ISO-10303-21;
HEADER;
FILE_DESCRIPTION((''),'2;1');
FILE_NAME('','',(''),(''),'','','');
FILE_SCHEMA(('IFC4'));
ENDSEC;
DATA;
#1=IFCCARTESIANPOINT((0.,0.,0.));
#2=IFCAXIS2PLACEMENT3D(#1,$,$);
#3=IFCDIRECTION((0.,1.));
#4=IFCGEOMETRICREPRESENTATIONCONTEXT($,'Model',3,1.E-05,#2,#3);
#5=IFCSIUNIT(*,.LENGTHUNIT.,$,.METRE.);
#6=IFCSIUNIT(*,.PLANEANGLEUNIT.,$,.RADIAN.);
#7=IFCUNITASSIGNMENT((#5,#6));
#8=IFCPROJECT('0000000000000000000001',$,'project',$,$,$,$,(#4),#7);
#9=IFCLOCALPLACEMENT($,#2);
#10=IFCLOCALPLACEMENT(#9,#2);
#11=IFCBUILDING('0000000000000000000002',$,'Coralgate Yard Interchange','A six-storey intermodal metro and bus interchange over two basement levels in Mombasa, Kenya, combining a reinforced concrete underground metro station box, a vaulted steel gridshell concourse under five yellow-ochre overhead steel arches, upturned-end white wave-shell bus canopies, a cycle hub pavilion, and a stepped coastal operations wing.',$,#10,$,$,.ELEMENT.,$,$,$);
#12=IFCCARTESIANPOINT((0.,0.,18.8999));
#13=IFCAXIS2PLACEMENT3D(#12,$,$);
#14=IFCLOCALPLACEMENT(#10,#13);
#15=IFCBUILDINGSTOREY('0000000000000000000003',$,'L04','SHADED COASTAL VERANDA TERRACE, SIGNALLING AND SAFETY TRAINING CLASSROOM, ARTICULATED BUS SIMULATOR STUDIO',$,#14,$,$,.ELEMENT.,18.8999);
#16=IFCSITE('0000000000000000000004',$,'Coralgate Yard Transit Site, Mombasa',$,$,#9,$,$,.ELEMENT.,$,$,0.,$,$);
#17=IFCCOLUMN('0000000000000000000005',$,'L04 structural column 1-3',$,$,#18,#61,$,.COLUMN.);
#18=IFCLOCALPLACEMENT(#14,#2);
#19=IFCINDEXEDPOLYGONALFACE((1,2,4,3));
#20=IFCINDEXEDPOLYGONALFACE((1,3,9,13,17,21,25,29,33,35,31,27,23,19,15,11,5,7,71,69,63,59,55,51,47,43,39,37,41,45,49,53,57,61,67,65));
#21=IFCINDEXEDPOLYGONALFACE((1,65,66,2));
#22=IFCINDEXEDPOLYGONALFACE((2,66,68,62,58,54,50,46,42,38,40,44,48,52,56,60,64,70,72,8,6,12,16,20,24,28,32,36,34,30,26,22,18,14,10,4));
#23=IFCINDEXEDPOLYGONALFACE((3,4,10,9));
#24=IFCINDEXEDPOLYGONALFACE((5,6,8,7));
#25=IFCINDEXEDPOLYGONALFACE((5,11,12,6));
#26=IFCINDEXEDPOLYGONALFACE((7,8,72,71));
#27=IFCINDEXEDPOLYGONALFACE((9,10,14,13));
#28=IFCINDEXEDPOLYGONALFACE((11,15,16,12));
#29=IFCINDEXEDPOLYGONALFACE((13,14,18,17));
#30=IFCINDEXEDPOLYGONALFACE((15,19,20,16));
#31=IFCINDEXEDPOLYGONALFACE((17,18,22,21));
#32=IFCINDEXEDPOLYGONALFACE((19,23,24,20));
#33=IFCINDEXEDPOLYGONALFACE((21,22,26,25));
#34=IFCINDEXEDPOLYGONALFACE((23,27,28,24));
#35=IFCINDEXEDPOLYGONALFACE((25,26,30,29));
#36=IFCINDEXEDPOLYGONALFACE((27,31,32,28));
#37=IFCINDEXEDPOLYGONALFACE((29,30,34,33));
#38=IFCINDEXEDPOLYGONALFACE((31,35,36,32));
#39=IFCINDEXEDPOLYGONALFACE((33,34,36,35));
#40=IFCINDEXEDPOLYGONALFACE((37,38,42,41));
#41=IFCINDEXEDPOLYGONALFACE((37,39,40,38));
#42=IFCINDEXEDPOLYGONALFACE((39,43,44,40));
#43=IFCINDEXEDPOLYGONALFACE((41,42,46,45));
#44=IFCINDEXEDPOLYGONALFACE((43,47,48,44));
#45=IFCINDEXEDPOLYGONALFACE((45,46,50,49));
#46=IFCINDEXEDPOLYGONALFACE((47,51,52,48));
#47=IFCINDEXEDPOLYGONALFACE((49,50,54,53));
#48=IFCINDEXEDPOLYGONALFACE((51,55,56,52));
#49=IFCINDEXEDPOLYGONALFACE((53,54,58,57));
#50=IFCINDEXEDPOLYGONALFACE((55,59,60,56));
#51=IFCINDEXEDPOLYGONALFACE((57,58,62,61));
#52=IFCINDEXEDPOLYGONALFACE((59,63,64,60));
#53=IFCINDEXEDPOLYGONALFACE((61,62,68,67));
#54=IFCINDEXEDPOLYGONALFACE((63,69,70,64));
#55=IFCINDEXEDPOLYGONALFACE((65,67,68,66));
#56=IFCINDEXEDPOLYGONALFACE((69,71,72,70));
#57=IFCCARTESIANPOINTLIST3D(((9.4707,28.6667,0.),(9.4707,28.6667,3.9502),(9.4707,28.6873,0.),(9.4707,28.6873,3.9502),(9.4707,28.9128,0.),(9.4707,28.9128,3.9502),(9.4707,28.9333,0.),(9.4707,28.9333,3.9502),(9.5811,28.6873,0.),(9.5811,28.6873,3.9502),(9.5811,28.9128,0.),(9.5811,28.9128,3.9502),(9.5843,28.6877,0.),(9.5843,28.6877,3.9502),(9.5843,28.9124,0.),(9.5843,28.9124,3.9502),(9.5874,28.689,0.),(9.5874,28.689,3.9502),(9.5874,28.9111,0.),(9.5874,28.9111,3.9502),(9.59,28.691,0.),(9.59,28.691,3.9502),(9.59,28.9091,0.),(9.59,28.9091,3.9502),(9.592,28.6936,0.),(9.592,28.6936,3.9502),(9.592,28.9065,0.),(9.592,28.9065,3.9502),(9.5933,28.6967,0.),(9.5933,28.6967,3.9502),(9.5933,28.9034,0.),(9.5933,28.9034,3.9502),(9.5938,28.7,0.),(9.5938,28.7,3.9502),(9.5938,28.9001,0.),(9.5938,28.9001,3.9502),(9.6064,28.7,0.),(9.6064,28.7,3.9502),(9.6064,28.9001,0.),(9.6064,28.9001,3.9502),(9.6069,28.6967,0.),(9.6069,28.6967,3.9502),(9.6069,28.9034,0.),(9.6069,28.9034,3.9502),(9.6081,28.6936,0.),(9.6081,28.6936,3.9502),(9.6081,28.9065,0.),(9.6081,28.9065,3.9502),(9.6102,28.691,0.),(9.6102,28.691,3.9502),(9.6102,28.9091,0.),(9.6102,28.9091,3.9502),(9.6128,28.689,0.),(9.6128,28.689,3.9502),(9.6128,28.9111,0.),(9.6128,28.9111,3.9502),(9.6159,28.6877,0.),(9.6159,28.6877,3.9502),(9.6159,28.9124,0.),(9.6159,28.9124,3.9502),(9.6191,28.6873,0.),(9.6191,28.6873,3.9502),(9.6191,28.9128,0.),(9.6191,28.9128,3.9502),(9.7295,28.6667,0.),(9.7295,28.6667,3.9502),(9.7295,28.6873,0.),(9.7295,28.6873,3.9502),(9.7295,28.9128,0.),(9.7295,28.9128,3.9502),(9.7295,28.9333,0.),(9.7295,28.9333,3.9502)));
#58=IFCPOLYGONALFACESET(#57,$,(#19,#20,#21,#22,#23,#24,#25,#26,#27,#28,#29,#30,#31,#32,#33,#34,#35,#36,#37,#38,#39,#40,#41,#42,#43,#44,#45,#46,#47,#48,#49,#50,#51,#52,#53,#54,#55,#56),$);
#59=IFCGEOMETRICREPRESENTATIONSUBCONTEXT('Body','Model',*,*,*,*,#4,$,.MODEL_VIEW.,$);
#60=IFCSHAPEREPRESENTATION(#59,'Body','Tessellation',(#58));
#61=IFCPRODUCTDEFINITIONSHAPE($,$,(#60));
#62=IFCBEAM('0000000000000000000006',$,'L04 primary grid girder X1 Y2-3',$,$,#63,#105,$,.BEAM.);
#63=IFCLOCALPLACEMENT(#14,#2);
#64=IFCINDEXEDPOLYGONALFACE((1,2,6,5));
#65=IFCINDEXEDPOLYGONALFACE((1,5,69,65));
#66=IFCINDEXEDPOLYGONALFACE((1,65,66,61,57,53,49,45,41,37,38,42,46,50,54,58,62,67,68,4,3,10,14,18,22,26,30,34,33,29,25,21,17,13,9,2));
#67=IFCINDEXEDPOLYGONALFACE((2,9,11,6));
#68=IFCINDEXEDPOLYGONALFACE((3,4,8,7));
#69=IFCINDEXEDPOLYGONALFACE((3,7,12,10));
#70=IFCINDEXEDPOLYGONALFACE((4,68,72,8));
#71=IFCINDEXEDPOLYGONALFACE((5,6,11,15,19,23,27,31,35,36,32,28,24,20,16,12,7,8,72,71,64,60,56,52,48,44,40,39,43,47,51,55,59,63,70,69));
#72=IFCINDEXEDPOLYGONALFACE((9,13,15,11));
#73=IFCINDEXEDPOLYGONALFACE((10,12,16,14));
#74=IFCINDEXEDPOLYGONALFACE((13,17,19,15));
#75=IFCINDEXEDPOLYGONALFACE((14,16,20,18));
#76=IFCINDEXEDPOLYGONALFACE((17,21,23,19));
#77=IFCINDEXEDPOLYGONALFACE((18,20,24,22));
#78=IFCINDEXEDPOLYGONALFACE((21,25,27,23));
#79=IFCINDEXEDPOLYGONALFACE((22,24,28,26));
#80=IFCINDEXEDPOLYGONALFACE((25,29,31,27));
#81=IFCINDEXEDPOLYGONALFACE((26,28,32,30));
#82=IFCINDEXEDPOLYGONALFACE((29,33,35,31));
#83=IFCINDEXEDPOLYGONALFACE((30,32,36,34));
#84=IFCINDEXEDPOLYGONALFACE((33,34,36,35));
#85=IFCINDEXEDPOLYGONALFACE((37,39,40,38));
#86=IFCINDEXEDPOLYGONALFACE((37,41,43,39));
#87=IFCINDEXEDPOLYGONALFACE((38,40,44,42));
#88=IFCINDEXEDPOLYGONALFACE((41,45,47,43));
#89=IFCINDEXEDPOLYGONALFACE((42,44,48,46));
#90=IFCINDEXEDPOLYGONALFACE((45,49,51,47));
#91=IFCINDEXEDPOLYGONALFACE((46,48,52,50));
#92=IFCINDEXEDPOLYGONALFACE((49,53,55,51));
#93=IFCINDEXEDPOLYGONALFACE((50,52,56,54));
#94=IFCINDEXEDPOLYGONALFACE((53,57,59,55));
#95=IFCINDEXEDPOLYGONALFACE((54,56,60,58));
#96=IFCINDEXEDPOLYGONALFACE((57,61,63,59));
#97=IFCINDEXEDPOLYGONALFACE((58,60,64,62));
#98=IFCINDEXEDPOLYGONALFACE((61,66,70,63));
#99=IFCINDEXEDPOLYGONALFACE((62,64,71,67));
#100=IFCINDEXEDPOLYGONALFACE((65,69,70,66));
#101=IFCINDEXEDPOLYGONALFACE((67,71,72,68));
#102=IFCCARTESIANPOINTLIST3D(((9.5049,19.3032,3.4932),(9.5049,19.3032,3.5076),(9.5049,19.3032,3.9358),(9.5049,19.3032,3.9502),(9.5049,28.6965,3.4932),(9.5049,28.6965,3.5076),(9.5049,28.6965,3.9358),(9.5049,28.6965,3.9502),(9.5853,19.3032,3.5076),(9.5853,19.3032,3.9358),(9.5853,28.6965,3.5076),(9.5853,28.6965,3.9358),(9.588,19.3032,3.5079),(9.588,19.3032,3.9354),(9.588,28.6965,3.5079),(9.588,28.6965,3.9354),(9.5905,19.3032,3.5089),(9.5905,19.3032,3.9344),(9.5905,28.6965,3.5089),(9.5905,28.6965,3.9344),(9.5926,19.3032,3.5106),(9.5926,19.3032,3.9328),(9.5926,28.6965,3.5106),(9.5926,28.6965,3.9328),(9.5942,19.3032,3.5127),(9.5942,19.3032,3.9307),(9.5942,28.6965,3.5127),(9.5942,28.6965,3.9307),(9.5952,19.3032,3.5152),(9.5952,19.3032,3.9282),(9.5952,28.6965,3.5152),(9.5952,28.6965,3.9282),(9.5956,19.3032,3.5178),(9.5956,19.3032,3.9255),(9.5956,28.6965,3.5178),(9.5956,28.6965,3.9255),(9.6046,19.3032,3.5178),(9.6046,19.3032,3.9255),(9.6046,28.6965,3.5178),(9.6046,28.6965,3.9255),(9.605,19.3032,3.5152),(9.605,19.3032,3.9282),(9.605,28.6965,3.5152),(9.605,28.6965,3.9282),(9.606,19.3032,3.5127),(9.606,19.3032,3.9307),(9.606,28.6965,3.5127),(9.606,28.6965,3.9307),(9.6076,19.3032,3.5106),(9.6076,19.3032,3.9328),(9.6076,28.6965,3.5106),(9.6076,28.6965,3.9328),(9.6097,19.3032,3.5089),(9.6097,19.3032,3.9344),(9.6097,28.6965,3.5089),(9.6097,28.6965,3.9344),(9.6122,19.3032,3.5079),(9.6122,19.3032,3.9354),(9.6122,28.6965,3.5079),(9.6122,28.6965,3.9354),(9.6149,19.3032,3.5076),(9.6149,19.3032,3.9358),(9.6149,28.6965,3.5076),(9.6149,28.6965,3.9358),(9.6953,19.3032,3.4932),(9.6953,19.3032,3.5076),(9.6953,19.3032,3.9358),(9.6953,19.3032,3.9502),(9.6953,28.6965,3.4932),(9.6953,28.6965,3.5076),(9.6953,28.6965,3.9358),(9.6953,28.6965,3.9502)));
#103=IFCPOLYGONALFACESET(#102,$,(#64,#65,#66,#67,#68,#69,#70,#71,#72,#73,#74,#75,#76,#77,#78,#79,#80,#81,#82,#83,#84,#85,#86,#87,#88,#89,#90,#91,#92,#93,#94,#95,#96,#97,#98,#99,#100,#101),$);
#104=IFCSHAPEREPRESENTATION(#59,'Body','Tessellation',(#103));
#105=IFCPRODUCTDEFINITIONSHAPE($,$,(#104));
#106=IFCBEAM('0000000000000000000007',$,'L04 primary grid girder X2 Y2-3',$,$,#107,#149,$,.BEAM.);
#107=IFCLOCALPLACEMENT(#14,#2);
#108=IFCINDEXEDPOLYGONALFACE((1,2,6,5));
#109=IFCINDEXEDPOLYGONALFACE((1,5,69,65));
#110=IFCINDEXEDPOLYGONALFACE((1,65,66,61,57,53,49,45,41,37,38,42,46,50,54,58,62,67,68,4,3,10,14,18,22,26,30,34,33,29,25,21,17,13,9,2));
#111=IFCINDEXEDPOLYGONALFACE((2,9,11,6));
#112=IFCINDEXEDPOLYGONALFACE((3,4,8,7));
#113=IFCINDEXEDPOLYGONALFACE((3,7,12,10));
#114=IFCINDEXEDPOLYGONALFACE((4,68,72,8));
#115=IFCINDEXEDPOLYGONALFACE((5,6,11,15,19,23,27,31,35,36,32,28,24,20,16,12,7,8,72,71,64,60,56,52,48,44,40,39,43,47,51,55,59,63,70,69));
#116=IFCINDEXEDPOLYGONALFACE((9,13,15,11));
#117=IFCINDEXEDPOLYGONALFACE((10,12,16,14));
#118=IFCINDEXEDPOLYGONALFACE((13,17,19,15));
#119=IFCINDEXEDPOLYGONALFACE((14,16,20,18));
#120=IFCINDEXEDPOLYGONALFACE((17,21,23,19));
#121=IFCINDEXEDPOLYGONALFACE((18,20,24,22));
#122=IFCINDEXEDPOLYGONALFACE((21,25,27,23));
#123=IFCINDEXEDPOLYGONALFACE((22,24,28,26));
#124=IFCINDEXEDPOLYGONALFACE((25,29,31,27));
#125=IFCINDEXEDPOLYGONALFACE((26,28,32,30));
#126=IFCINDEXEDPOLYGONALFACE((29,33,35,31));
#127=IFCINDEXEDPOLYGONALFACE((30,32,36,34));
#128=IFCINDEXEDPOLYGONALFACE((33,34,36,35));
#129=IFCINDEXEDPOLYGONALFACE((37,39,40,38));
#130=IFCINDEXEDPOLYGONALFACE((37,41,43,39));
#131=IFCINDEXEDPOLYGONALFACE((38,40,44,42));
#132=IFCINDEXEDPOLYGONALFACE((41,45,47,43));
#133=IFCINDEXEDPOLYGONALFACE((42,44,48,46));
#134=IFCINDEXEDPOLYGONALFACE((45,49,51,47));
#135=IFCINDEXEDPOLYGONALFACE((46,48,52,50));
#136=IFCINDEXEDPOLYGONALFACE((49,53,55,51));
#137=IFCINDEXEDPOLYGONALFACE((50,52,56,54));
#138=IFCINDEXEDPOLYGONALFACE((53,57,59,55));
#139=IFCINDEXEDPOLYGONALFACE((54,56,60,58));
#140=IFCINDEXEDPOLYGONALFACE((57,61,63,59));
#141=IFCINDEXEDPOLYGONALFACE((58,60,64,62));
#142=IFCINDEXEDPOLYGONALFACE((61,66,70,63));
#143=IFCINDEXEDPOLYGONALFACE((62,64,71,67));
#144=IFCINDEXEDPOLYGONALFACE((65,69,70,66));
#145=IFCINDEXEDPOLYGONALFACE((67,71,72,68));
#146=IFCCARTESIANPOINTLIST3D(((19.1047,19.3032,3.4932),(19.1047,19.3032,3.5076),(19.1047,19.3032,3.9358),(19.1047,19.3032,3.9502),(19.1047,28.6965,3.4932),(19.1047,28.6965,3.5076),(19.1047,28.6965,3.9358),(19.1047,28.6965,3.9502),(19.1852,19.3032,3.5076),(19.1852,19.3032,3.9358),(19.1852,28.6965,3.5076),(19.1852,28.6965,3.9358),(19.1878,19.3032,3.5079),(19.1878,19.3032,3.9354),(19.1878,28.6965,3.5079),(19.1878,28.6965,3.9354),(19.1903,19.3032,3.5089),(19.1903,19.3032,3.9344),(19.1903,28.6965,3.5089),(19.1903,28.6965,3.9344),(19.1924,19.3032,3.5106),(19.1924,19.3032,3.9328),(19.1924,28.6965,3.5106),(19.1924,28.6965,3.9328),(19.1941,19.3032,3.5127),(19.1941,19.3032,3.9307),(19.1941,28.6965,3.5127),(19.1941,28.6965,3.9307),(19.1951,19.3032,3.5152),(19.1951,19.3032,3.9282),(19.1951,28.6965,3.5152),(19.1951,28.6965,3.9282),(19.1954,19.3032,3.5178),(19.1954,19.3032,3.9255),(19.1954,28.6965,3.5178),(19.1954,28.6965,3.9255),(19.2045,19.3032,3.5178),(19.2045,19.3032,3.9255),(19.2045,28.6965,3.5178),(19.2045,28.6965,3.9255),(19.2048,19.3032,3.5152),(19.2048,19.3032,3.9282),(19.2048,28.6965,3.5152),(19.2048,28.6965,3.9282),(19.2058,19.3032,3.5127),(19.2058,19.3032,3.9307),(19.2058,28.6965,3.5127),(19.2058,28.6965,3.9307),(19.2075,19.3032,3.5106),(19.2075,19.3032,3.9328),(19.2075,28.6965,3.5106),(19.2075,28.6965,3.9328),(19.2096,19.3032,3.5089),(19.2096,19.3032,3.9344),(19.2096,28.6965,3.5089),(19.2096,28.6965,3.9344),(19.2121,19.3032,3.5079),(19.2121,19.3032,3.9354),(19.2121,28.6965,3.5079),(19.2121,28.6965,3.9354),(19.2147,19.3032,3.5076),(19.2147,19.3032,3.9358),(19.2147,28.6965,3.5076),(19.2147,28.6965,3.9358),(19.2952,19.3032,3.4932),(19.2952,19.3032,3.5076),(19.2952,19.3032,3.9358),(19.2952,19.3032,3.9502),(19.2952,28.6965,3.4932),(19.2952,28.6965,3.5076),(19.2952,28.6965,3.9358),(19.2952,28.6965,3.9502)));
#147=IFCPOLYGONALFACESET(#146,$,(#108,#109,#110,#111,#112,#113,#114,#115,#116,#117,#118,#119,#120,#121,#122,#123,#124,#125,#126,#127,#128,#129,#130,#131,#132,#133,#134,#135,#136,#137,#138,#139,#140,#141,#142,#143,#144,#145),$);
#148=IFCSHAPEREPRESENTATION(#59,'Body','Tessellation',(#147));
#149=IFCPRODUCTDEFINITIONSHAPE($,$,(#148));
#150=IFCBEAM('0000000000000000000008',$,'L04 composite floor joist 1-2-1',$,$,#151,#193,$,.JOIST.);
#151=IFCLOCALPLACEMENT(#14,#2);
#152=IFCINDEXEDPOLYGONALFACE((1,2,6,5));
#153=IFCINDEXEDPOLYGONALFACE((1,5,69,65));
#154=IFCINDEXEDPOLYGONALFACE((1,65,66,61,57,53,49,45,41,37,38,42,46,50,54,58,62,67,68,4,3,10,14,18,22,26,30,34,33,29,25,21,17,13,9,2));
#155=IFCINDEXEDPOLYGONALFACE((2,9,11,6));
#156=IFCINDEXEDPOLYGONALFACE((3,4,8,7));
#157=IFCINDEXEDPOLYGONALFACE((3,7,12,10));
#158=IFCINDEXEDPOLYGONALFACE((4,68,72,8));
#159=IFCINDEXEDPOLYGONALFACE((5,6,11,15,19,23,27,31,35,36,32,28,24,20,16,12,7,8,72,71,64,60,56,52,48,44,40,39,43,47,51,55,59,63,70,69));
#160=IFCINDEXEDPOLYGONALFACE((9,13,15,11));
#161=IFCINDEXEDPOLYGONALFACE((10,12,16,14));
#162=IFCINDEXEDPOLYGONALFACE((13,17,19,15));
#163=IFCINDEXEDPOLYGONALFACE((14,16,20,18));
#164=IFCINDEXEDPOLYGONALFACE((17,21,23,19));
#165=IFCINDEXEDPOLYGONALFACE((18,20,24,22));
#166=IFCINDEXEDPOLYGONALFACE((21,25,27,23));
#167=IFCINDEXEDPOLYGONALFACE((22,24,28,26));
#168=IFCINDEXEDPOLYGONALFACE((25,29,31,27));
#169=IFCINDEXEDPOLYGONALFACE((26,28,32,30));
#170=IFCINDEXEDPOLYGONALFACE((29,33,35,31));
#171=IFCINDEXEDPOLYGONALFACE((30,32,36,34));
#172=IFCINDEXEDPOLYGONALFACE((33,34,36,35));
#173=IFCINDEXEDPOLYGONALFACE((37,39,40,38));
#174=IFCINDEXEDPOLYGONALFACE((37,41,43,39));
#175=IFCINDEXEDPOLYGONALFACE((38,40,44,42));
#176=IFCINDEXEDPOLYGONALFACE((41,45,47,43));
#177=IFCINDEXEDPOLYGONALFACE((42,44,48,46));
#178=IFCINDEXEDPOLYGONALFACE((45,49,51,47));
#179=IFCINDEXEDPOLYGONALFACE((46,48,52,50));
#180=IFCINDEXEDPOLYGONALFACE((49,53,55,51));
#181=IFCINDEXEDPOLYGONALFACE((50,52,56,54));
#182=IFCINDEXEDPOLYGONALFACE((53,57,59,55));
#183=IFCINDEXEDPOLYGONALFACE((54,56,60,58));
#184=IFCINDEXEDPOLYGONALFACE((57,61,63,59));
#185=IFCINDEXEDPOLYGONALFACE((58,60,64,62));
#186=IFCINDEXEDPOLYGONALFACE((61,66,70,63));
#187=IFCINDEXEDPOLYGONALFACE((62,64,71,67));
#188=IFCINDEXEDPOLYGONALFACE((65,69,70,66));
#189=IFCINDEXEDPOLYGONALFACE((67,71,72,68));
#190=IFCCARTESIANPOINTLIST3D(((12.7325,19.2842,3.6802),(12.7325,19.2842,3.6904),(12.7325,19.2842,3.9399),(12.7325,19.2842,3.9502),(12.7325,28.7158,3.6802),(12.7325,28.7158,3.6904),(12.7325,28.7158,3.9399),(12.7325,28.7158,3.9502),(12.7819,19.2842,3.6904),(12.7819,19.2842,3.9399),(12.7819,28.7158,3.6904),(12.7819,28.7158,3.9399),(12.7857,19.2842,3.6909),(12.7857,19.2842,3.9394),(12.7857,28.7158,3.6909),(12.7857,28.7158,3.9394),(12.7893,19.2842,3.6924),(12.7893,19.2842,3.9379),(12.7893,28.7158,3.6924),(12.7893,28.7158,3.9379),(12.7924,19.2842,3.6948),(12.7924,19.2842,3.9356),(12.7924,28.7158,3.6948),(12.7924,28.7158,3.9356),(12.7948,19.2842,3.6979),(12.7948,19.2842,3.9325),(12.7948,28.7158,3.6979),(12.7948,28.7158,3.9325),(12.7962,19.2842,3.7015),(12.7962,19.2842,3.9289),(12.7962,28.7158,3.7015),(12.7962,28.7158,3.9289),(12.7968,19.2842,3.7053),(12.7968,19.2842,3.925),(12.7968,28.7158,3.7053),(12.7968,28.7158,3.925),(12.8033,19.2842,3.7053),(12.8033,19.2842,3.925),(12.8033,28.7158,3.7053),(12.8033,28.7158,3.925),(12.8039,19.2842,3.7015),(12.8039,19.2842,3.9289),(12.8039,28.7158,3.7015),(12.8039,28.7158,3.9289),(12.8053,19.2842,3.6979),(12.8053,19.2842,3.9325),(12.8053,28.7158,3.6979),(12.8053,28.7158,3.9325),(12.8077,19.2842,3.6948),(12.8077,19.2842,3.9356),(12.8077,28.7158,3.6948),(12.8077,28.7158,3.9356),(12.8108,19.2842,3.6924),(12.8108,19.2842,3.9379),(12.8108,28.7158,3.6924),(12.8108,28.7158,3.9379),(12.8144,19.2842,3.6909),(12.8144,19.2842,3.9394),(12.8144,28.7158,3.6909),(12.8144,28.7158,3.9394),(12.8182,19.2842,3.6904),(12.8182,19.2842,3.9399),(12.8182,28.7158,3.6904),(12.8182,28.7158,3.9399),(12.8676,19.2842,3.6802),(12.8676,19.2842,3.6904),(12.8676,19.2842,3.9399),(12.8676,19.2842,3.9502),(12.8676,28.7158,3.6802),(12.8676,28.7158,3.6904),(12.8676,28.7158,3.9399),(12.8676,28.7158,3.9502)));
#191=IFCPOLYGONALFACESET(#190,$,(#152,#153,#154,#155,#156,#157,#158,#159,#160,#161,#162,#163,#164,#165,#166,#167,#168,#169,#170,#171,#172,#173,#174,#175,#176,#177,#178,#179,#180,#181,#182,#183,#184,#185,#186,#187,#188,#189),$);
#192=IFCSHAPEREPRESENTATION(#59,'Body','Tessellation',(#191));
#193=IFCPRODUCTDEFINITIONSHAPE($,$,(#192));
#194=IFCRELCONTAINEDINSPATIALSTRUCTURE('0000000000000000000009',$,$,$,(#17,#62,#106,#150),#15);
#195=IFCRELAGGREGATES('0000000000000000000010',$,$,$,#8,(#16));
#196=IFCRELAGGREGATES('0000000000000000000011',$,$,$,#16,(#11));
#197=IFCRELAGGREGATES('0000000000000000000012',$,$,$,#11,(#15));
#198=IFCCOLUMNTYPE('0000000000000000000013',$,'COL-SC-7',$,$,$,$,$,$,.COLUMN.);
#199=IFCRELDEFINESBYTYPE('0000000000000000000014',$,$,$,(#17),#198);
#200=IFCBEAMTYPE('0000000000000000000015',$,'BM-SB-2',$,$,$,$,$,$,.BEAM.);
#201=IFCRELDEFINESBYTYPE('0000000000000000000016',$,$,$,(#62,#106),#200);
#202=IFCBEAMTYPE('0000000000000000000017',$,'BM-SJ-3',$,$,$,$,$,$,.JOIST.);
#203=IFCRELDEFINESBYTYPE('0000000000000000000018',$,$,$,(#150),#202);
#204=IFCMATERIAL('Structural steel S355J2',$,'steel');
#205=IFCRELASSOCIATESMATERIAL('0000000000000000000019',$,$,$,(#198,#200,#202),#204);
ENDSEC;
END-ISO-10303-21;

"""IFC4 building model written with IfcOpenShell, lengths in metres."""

from ifc_helpers import new_model, si_unit, direction, frame, origin, origin_2d, place, context, subcontext, project, spatial, i_section, extrude, material, material_profile, profile_set, type_object, element, save


model = new_model("IFC4")

# Units and contexts
model_context = context("Model", 3, precision=1e-05, world=origin(), true_north=direction((0.0, 1.0)))
body_context = subcontext(model_context, "Body", "Model", "MODEL_VIEW")
ifc_project = project(units=[si_unit("LENGTHUNIT", "METRE"), si_unit("PLANEANGLEUNIT", "RADIAN")], contexts=[model_context])

# Site, building, storey
site_placement = place(None, origin())
site = spatial("IfcSite", under=ifc_project, at=site_placement, Name="Coralgate Yard Transit Site, Mombasa", CompositionType="ELEMENT", RefElevation=0.0)
building_placement = place(site_placement, origin())
building = spatial("IfcBuilding", under=site, at=building_placement, Name="Coralgate Yard Interchange", Description="A six-storey intermodal metro and bus interchange over two basement levels in Mombasa, Kenya, combining a reinforced concrete underground metro station box, a vaulted steel gridshell concourse under five yellow-ochre overhead steel arches, upturned-end white wave-shell bus canopies, a cycle hub pavilion, and a stepped coastal operations wing.", CompositionType="ELEMENT")
storey_placement = place(building_placement, frame((0.0, 0.0, 18.8999)))
storey = spatial("IfcBuildingStorey", under=building, at=storey_placement, Name="L04", Description="SHADED COASTAL VERANDA TERRACE, SIGNALLING AND SAFETY TRAINING CLASSROOM, ARTICULATED BUS SIMULATOR STUDIO", CompositionType="ELEMENT", Elevation=18.8999)

# Column
ifc_material_1 = material(Name="Structural steel S355J2", Category="steel")
ifc_material_profile_1 = material_profile(ifc_material_1, i_section(OverallWidth=0.2588, OverallDepth=0.2666, WebThickness=0.0127, FlangeThickness=0.0205, FilletRadius=0.0127, at=origin_2d()), Name="UC 254x254x107")
ifc_profile_set_1 = profile_set([ifc_material_profile_1], Name="Structural steel S355J2")
column_type = type_object("IfcColumnType", Name="COL-SC-7", PredefinedType="COLUMN", material=ifc_profile_set_1)
column_placement = place(storey_placement, frame((9.6001, 28.8, 0.0), z_axis=(0.0, 0.0, 1.0), x_axis=(1.0, 0.0, 0.0)))
element("IfcColumn", 1, at=column_placement, inside=storey, type_object=column_type, Name="L04 structural column 1-3", PredefinedType="COLUMN", context=body_context, shape_type="SweptSolid", body=[
    extrude(i_section(OverallWidth=0.2588, OverallDepth=0.2666, WebThickness=0.0127, FlangeThickness=0.0205, FilletRadius=0.0127, at=origin_2d()), origin(), (0.0, 0.0, 1.0), 3.9502),
])

# Beams
ifc_material_profile_2 = material_profile(ifc_material_1, i_section(OverallWidth=0.1904, OverallDepth=0.457, WebThickness=0.009, FlangeThickness=0.0144, FilletRadius=0.0103, at=origin_2d()), Name="UB 457x191x74")
ifc_profile_set_2 = profile_set([ifc_material_profile_2], Name="Structural steel S355J2")
beam_type_1 = type_object("IfcBeamType", Name="BM-SB-2", PredefinedType="BEAM", material=ifc_profile_set_2)
for number, where, z_axis, x_axis, name in (
    (2, (9.6001, 19.3032, 3.7217), (0.0, 1.0, 0.0), (-1.0, 0.0, 0.0), "L04 primary grid girder X1 Y2-3"),
    (3, (19.2, 19.3032, 3.7217), (0.0, 1.0, 0.0), (-1.0, 0.0, 0.0), "L04 primary grid girder X2 Y2-3"),
):
    element("IfcBeam", number, at=place(storey_placement, frame(where, z_axis=z_axis, x_axis=x_axis)), inside=storey, type_object=beam_type_1, Name=name, PredefinedType="BEAM", context=body_context, shape_type="SweptSolid", body=[
        extrude(i_section(OverallWidth=0.1904, OverallDepth=0.457, WebThickness=0.009, FlangeThickness=0.0144, FilletRadius=0.0103, at=origin_2d()), origin(), (0.0, 0.0, 1.0), 9.3933),
    ])
ifc_material_profile_3 = material_profile(ifc_material_1, i_section(OverallWidth=0.135, OverallDepth=0.27, WebThickness=0.0066, FlangeThickness=0.0103, FilletRadius=0.0149, at=origin_2d()), Name="IPE 270")
ifc_profile_set_3 = profile_set([ifc_material_profile_3], Name="Structural steel S355J2")
beam_type_2 = type_object("IfcBeamType", Name="BM-SJ-3", PredefinedType="JOIST", material=ifc_profile_set_3)
for number, where, z_axis, x_axis, name in (
    (4, (12.8, 19.2842, 3.8152), (0.0, 1.0, 0.0), (-1.0, 0.0, 0.0), "L04 composite floor joist 1-2-1"),
):
    element("IfcBeam", number, at=place(storey_placement, frame(where, z_axis=z_axis, x_axis=x_axis)), inside=storey, type_object=beam_type_2, Name=name, PredefinedType="JOIST", context=body_context, shape_type="SweptSolid", body=[
        extrude(i_section(OverallWidth=0.135, OverallDepth=0.27, WebThickness=0.0066, FlangeThickness=0.0103, FilletRadius=0.0149, at=origin_2d()), origin(), (0.0, 0.0, 1.0), 9.4316),
    ])

save(model, "model.ifc")
